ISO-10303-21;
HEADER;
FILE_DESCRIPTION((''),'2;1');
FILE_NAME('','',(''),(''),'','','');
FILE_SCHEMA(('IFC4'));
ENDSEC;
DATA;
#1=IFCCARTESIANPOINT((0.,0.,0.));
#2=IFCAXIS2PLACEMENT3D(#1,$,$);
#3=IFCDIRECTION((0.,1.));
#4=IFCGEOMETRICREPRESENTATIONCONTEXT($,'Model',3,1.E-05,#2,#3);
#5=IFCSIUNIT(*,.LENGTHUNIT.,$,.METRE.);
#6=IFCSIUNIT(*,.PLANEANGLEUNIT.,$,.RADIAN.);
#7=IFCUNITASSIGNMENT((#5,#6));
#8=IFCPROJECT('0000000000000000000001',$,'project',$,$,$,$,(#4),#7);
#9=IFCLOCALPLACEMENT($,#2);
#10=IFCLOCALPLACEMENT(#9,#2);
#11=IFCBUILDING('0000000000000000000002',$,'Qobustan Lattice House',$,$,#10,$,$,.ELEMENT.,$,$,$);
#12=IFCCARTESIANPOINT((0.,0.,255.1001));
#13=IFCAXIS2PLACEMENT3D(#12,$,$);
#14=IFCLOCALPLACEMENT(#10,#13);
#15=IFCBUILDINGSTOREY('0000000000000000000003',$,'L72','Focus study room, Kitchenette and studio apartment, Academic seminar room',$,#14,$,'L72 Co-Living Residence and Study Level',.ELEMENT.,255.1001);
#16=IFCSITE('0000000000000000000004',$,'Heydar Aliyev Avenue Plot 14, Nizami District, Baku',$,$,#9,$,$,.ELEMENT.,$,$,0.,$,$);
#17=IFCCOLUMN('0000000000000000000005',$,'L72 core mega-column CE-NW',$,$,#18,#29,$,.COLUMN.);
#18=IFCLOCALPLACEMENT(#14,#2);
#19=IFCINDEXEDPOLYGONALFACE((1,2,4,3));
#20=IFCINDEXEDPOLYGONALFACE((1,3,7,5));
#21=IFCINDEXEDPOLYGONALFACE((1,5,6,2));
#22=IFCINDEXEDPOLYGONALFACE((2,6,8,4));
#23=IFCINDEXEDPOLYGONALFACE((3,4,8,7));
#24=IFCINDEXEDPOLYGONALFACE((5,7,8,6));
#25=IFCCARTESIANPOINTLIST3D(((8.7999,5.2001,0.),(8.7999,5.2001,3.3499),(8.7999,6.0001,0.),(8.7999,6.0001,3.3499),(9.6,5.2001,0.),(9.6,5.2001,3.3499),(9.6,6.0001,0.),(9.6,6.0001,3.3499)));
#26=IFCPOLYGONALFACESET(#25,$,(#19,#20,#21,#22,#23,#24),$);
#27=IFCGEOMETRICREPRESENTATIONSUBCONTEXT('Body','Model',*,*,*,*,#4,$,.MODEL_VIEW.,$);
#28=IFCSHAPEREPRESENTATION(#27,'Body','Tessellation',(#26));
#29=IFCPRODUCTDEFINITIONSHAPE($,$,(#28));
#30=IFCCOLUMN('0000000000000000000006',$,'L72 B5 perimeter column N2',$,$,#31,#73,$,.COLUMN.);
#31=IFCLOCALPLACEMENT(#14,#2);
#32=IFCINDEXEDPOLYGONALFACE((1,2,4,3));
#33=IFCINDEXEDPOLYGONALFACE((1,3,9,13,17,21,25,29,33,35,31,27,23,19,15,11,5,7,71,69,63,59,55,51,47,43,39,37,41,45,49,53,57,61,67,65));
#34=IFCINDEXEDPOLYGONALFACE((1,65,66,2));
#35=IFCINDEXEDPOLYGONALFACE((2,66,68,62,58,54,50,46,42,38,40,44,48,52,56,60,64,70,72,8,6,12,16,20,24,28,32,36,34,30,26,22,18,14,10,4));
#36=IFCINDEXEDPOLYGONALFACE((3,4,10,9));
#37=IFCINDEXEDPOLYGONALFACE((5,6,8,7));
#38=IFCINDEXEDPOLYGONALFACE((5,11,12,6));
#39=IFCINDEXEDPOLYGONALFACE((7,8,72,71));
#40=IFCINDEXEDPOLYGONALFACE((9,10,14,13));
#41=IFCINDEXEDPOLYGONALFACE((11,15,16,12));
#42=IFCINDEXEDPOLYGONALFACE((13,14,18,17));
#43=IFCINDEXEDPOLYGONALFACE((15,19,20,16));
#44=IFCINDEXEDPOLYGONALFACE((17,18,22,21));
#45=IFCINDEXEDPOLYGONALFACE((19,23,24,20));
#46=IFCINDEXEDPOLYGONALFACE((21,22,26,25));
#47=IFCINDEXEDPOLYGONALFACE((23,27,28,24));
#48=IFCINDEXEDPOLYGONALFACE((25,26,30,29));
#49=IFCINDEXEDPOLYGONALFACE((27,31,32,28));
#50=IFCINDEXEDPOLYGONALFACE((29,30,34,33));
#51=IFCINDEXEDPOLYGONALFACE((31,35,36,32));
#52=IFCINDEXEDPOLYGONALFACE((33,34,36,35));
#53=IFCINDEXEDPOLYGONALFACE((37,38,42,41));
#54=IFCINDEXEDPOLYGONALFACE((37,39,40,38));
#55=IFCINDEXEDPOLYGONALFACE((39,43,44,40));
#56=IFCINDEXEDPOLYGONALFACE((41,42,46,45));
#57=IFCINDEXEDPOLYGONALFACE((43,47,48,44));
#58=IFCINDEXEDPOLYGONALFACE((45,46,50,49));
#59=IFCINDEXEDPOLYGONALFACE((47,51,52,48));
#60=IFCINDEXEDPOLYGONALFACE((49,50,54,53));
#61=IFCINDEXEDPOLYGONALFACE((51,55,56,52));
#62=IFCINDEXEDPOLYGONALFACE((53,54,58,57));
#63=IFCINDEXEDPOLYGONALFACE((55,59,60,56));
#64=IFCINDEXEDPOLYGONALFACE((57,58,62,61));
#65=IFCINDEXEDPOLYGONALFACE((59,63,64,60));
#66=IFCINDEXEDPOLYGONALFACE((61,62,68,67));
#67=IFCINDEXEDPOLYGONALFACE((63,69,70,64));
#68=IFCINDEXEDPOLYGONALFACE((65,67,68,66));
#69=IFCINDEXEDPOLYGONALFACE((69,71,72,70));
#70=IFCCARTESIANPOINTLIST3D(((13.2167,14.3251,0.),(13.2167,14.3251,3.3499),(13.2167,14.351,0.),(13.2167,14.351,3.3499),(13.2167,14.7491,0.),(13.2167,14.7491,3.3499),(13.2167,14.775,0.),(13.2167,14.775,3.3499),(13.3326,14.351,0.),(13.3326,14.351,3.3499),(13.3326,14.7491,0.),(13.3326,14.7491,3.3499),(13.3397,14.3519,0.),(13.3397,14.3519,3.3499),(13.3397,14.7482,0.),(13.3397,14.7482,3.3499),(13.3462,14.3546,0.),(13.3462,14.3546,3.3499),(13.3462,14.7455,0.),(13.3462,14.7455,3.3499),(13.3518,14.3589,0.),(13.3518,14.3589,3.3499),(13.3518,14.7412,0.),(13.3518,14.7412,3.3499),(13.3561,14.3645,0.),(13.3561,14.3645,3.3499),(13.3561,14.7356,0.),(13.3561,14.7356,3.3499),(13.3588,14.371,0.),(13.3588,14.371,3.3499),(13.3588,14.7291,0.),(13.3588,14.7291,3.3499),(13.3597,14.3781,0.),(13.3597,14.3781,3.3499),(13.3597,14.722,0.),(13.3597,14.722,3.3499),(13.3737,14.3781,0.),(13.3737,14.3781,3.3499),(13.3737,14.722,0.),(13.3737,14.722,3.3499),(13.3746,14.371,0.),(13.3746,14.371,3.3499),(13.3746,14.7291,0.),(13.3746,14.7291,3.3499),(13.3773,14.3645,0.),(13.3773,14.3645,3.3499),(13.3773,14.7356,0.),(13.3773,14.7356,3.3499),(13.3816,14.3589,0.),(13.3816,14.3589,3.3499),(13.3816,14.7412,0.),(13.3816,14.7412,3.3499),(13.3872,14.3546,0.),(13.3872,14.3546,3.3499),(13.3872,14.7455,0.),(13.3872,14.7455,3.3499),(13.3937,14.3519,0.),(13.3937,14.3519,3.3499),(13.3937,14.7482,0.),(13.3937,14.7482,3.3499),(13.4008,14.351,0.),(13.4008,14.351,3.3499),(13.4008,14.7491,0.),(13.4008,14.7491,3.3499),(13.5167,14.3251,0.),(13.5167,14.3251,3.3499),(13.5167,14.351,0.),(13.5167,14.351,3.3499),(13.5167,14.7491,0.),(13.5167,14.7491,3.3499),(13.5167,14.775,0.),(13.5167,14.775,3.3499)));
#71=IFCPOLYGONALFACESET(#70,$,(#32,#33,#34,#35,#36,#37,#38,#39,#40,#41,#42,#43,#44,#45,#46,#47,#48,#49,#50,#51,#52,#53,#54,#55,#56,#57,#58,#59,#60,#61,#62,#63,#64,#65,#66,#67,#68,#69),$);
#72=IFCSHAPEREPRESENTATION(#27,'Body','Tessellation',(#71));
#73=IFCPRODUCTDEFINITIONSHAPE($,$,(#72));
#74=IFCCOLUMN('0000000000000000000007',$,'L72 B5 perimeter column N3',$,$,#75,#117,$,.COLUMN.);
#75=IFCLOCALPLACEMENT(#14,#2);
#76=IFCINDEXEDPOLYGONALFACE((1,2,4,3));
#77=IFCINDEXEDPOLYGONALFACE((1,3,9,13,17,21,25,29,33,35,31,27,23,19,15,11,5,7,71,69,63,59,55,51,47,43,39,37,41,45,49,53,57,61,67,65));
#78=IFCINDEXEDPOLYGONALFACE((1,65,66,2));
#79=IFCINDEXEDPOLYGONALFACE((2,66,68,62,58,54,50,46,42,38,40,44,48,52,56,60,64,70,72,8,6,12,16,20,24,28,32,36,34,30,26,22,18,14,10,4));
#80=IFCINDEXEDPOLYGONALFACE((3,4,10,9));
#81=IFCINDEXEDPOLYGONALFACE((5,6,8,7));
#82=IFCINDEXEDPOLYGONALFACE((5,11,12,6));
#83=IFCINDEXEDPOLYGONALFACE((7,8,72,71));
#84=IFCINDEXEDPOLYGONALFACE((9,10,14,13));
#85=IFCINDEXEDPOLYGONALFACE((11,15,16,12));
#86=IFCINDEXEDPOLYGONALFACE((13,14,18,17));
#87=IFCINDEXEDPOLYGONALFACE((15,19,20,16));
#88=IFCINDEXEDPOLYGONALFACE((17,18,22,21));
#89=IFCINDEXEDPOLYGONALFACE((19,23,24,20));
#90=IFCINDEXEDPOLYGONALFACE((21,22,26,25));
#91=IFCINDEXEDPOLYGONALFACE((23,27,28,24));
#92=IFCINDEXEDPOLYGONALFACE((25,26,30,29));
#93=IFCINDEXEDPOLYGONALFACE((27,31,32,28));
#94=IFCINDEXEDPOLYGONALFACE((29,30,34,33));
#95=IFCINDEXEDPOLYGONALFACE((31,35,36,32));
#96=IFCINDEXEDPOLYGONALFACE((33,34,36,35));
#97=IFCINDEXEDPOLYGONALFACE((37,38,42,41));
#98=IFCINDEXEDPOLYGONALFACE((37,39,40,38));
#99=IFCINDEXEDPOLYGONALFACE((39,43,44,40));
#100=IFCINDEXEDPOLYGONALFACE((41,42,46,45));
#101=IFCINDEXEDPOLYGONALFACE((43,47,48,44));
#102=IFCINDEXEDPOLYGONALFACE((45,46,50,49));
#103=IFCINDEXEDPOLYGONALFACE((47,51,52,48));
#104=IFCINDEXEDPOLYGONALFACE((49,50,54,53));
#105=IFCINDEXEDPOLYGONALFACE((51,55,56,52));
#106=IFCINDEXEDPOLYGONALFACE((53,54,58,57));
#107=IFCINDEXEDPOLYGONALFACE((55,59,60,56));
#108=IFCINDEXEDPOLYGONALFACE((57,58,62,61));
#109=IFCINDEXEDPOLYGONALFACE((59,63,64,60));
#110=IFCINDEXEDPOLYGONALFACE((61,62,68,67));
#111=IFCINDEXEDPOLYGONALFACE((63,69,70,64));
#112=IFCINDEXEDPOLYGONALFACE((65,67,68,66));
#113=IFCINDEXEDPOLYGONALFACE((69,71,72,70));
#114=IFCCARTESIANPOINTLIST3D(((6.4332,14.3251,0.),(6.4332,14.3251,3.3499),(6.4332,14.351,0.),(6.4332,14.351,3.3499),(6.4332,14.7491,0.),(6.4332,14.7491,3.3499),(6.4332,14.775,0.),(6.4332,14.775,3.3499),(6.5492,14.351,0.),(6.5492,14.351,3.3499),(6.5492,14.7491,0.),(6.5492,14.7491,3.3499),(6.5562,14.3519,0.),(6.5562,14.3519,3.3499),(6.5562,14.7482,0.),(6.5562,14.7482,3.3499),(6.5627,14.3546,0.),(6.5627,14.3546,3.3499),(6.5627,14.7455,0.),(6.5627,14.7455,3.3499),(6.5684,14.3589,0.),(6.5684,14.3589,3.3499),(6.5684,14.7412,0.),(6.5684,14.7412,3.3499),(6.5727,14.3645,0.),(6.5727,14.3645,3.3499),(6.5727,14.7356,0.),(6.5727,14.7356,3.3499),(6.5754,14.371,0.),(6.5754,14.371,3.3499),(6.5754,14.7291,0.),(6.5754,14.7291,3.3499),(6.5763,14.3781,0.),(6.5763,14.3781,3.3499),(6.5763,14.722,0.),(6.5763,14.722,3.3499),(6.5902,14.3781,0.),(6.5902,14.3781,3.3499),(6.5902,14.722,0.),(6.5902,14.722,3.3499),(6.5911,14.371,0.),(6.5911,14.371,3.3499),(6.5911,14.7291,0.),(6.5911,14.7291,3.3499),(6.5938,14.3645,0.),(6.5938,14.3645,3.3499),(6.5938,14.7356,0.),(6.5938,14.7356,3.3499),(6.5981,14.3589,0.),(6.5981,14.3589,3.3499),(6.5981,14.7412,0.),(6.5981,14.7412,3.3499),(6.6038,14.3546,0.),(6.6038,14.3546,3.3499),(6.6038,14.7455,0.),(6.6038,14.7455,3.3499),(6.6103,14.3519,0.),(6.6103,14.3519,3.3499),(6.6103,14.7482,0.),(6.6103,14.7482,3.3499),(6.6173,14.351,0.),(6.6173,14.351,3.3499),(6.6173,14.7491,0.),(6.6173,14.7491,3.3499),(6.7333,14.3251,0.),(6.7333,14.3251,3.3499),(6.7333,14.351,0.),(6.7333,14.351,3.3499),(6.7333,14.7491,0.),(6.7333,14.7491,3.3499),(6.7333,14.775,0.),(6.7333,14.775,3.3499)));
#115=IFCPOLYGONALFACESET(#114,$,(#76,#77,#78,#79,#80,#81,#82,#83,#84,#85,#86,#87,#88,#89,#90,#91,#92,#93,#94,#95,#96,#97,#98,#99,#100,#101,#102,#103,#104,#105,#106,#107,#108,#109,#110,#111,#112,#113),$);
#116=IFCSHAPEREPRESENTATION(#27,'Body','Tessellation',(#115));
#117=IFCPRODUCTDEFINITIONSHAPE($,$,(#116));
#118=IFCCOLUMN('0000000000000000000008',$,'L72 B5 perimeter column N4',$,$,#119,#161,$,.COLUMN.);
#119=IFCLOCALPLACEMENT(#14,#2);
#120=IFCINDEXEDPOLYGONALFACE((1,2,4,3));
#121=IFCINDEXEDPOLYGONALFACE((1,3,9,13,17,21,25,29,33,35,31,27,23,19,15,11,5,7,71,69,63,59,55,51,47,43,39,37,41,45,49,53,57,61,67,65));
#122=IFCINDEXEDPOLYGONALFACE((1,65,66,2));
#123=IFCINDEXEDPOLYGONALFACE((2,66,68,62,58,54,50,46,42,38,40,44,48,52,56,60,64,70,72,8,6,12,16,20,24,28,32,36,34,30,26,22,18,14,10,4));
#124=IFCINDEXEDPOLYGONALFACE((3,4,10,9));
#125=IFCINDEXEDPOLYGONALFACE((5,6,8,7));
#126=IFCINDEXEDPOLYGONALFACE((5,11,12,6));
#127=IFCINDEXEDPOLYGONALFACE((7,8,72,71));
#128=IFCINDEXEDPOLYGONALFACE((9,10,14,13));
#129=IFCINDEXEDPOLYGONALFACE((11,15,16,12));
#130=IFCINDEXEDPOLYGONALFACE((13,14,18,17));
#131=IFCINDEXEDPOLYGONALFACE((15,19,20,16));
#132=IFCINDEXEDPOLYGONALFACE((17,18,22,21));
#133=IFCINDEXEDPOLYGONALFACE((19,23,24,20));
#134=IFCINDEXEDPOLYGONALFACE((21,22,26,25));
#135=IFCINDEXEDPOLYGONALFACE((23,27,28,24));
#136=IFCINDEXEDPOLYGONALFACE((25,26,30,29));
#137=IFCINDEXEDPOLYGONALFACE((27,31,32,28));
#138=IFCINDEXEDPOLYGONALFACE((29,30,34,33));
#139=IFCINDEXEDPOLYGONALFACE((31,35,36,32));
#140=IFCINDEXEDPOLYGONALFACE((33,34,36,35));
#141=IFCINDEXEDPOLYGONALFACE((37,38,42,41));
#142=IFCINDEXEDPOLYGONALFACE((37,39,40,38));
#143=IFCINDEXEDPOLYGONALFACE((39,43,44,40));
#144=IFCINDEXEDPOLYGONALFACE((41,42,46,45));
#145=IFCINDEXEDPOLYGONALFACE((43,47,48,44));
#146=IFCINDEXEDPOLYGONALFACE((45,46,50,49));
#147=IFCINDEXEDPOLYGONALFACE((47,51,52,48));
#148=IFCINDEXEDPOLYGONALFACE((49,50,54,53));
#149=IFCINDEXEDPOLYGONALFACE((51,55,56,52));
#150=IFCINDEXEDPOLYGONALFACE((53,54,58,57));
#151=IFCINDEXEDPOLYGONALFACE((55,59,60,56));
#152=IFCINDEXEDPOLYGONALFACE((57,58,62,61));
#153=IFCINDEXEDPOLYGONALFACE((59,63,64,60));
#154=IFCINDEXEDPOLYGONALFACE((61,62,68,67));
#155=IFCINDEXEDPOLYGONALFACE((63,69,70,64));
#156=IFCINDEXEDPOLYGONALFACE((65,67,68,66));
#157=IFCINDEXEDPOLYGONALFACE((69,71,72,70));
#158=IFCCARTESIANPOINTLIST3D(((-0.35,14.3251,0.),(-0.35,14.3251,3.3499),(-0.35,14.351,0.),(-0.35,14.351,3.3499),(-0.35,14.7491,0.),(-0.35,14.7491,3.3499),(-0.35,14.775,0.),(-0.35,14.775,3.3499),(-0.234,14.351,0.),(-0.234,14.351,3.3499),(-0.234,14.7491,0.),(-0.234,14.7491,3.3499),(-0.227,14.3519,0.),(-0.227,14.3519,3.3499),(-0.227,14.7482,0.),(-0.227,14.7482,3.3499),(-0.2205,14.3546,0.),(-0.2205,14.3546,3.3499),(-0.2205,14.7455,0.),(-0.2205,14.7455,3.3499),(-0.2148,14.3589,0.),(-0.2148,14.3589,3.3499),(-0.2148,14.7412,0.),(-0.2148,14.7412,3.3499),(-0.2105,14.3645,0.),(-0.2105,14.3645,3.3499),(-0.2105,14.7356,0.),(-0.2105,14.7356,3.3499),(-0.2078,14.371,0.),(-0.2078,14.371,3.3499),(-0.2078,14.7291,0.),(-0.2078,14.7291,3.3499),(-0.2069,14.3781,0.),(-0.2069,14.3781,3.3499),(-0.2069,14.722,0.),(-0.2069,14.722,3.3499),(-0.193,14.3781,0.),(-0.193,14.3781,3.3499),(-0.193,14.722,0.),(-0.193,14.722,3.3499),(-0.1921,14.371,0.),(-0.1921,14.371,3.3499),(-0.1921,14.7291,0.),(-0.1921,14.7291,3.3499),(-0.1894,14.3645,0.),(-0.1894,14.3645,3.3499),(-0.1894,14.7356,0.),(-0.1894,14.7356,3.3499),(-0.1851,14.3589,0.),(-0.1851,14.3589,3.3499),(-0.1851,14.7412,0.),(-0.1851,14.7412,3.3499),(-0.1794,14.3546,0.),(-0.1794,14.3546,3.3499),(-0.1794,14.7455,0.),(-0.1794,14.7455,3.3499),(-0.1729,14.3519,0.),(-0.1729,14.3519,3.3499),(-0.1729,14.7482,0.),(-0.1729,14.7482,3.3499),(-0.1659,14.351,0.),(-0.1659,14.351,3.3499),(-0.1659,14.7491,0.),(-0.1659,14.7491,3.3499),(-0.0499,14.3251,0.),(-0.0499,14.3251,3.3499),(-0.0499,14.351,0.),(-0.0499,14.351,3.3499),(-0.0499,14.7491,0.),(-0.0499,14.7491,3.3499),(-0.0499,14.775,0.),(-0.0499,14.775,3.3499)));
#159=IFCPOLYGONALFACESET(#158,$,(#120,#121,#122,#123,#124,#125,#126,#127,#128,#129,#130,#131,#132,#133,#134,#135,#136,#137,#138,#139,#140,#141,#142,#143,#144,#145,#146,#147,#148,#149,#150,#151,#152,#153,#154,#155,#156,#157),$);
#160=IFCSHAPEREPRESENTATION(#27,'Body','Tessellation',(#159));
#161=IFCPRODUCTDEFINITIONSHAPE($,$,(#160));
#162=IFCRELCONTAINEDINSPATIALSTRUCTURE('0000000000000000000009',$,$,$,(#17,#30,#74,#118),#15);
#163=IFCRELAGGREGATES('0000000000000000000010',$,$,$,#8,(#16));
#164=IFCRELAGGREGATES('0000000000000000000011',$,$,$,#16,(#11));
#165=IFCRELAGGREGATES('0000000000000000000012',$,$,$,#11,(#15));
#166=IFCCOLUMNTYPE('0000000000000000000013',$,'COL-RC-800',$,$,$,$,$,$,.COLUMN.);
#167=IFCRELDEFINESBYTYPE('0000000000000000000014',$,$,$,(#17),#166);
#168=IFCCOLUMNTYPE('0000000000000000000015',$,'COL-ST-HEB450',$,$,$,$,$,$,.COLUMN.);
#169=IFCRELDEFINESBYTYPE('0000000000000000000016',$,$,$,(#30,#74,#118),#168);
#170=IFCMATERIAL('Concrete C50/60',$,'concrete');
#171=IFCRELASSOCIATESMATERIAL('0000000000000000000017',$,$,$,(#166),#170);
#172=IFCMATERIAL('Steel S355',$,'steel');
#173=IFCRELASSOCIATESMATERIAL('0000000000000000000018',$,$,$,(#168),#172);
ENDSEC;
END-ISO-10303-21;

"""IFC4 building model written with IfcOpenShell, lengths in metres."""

from ifc_helpers import new_model, si_unit, direction, frame, origin, origin_2d, place, context, subcontext, project, spatial, rectangle, i_section, extrude, material, material_profile, profile_set, type_object, element, save


model = new_model("IFC4")

# Units and contexts
model_context = context("Model", 3, precision=1e-05, world=origin(), true_north=direction((0.0, 1.0)))
body_context = subcontext(model_context, "Body", "Model", "MODEL_VIEW")
ifc_project = project(units=[si_unit("LENGTHUNIT", "METRE"), si_unit("PLANEANGLEUNIT", "RADIAN")], contexts=[model_context])

# Site, building, storey
site_placement = place(None, origin())
site = spatial("IfcSite", under=ifc_project, at=site_placement, Name="Heydar Aliyev Avenue Plot 14, Nizami District, Baku", CompositionType="ELEMENT", RefElevation=0.0)
building_placement = place(site_placement, origin())
building = spatial("IfcBuilding", under=site, at=building_placement, Name="Qobustan Lattice House", CompositionType="ELEMENT")
storey_placement = place(building_placement, frame((0.0, 0.0, 255.1001)))
storey = spatial("IfcBuildingStorey", under=building, at=storey_placement, Name="L72", Description="Focus study room, Kitchenette and studio apartment, Academic seminar room", LongName="L72 Co-Living Residence and Study Level", CompositionType="ELEMENT", Elevation=255.1001)

# Columns
ifc_material_1 = material(Name="Concrete C50/60", Category="concrete")
ifc_material_profile_1 = material_profile(ifc_material_1, rectangle(XDim=0.8, YDim=0.8, at=origin_2d()), Name="RC800x800")
ifc_profile_set_1 = profile_set([ifc_material_profile_1], Name="Concrete C50/60")
column_type_1 = type_object("IfcColumnType", Name="COL-RC-800", PredefinedType="COLUMN", material=ifc_profile_set_1)
column_placement = place(storey_placement, frame((9.2, 5.6001, 0.0), z_axis=(0.0, 0.0, 1.0), x_axis=(1.0, 0.0, 0.0)))
element("IfcColumn", 1, at=column_placement, inside=storey, type_object=column_type_1, Name="L72 core mega-column CE-NW", PredefinedType="COLUMN", context=body_context, shape_type="SweptSolid", body=[
    extrude(rectangle(XDim=0.8, YDim=0.8, at=origin_2d()), origin(), (0.0, 0.0, 1.0), 3.3499),
])
ifc_material_2 = material(Name="Steel S355", Category="steel")
ifc_material_profile_2 = material_profile(ifc_material_2, i_section(OverallWidth=0.3, OverallDepth=0.45, WebThickness=0.0139, FlangeThickness=0.0259, FilletRadius=0.0271, at=origin_2d()), Name="HEB450")
ifc_profile_set_2 = profile_set([ifc_material_profile_2], Name="Steel S355")
column_type_2 = type_object("IfcColumnType", Name="COL-ST-HEB450", PredefinedType="COLUMN", material=ifc_profile_set_2)
for number, where, z_axis, x_axis, name in (
    (2, (13.3667, 14.55, 0.0), (0.0, 0.0, 1.0), (1.0, 0.0, 0.0), "L72 B5 perimeter column N2"),
    (3, (6.5833, 14.55, 0.0), (0.0, 0.0, 1.0), (1.0, 0.0, 0.0), "L72 B5 perimeter column N3"),
    (4, (-0.2, 14.55, 0.0), (0.0, 0.0, 1.0), (1.0, 0.0, 0.0), "L72 B5 perimeter column N4"),
):
    element("IfcColumn", number, at=place(storey_placement, frame(where, z_axis=z_axis, x_axis=x_axis)), inside=storey, type_object=column_type_2, Name=name, PredefinedType="COLUMN", context=body_context, shape_type="SweptSolid", body=[
        extrude(i_section(OverallWidth=0.3, OverallDepth=0.45, WebThickness=0.0139, FlangeThickness=0.0259, FilletRadius=0.0271, at=origin_2d()), origin(), (0.0, 0.0, 1.0), 3.3499),
    ])

save(model, "model.ifc")
